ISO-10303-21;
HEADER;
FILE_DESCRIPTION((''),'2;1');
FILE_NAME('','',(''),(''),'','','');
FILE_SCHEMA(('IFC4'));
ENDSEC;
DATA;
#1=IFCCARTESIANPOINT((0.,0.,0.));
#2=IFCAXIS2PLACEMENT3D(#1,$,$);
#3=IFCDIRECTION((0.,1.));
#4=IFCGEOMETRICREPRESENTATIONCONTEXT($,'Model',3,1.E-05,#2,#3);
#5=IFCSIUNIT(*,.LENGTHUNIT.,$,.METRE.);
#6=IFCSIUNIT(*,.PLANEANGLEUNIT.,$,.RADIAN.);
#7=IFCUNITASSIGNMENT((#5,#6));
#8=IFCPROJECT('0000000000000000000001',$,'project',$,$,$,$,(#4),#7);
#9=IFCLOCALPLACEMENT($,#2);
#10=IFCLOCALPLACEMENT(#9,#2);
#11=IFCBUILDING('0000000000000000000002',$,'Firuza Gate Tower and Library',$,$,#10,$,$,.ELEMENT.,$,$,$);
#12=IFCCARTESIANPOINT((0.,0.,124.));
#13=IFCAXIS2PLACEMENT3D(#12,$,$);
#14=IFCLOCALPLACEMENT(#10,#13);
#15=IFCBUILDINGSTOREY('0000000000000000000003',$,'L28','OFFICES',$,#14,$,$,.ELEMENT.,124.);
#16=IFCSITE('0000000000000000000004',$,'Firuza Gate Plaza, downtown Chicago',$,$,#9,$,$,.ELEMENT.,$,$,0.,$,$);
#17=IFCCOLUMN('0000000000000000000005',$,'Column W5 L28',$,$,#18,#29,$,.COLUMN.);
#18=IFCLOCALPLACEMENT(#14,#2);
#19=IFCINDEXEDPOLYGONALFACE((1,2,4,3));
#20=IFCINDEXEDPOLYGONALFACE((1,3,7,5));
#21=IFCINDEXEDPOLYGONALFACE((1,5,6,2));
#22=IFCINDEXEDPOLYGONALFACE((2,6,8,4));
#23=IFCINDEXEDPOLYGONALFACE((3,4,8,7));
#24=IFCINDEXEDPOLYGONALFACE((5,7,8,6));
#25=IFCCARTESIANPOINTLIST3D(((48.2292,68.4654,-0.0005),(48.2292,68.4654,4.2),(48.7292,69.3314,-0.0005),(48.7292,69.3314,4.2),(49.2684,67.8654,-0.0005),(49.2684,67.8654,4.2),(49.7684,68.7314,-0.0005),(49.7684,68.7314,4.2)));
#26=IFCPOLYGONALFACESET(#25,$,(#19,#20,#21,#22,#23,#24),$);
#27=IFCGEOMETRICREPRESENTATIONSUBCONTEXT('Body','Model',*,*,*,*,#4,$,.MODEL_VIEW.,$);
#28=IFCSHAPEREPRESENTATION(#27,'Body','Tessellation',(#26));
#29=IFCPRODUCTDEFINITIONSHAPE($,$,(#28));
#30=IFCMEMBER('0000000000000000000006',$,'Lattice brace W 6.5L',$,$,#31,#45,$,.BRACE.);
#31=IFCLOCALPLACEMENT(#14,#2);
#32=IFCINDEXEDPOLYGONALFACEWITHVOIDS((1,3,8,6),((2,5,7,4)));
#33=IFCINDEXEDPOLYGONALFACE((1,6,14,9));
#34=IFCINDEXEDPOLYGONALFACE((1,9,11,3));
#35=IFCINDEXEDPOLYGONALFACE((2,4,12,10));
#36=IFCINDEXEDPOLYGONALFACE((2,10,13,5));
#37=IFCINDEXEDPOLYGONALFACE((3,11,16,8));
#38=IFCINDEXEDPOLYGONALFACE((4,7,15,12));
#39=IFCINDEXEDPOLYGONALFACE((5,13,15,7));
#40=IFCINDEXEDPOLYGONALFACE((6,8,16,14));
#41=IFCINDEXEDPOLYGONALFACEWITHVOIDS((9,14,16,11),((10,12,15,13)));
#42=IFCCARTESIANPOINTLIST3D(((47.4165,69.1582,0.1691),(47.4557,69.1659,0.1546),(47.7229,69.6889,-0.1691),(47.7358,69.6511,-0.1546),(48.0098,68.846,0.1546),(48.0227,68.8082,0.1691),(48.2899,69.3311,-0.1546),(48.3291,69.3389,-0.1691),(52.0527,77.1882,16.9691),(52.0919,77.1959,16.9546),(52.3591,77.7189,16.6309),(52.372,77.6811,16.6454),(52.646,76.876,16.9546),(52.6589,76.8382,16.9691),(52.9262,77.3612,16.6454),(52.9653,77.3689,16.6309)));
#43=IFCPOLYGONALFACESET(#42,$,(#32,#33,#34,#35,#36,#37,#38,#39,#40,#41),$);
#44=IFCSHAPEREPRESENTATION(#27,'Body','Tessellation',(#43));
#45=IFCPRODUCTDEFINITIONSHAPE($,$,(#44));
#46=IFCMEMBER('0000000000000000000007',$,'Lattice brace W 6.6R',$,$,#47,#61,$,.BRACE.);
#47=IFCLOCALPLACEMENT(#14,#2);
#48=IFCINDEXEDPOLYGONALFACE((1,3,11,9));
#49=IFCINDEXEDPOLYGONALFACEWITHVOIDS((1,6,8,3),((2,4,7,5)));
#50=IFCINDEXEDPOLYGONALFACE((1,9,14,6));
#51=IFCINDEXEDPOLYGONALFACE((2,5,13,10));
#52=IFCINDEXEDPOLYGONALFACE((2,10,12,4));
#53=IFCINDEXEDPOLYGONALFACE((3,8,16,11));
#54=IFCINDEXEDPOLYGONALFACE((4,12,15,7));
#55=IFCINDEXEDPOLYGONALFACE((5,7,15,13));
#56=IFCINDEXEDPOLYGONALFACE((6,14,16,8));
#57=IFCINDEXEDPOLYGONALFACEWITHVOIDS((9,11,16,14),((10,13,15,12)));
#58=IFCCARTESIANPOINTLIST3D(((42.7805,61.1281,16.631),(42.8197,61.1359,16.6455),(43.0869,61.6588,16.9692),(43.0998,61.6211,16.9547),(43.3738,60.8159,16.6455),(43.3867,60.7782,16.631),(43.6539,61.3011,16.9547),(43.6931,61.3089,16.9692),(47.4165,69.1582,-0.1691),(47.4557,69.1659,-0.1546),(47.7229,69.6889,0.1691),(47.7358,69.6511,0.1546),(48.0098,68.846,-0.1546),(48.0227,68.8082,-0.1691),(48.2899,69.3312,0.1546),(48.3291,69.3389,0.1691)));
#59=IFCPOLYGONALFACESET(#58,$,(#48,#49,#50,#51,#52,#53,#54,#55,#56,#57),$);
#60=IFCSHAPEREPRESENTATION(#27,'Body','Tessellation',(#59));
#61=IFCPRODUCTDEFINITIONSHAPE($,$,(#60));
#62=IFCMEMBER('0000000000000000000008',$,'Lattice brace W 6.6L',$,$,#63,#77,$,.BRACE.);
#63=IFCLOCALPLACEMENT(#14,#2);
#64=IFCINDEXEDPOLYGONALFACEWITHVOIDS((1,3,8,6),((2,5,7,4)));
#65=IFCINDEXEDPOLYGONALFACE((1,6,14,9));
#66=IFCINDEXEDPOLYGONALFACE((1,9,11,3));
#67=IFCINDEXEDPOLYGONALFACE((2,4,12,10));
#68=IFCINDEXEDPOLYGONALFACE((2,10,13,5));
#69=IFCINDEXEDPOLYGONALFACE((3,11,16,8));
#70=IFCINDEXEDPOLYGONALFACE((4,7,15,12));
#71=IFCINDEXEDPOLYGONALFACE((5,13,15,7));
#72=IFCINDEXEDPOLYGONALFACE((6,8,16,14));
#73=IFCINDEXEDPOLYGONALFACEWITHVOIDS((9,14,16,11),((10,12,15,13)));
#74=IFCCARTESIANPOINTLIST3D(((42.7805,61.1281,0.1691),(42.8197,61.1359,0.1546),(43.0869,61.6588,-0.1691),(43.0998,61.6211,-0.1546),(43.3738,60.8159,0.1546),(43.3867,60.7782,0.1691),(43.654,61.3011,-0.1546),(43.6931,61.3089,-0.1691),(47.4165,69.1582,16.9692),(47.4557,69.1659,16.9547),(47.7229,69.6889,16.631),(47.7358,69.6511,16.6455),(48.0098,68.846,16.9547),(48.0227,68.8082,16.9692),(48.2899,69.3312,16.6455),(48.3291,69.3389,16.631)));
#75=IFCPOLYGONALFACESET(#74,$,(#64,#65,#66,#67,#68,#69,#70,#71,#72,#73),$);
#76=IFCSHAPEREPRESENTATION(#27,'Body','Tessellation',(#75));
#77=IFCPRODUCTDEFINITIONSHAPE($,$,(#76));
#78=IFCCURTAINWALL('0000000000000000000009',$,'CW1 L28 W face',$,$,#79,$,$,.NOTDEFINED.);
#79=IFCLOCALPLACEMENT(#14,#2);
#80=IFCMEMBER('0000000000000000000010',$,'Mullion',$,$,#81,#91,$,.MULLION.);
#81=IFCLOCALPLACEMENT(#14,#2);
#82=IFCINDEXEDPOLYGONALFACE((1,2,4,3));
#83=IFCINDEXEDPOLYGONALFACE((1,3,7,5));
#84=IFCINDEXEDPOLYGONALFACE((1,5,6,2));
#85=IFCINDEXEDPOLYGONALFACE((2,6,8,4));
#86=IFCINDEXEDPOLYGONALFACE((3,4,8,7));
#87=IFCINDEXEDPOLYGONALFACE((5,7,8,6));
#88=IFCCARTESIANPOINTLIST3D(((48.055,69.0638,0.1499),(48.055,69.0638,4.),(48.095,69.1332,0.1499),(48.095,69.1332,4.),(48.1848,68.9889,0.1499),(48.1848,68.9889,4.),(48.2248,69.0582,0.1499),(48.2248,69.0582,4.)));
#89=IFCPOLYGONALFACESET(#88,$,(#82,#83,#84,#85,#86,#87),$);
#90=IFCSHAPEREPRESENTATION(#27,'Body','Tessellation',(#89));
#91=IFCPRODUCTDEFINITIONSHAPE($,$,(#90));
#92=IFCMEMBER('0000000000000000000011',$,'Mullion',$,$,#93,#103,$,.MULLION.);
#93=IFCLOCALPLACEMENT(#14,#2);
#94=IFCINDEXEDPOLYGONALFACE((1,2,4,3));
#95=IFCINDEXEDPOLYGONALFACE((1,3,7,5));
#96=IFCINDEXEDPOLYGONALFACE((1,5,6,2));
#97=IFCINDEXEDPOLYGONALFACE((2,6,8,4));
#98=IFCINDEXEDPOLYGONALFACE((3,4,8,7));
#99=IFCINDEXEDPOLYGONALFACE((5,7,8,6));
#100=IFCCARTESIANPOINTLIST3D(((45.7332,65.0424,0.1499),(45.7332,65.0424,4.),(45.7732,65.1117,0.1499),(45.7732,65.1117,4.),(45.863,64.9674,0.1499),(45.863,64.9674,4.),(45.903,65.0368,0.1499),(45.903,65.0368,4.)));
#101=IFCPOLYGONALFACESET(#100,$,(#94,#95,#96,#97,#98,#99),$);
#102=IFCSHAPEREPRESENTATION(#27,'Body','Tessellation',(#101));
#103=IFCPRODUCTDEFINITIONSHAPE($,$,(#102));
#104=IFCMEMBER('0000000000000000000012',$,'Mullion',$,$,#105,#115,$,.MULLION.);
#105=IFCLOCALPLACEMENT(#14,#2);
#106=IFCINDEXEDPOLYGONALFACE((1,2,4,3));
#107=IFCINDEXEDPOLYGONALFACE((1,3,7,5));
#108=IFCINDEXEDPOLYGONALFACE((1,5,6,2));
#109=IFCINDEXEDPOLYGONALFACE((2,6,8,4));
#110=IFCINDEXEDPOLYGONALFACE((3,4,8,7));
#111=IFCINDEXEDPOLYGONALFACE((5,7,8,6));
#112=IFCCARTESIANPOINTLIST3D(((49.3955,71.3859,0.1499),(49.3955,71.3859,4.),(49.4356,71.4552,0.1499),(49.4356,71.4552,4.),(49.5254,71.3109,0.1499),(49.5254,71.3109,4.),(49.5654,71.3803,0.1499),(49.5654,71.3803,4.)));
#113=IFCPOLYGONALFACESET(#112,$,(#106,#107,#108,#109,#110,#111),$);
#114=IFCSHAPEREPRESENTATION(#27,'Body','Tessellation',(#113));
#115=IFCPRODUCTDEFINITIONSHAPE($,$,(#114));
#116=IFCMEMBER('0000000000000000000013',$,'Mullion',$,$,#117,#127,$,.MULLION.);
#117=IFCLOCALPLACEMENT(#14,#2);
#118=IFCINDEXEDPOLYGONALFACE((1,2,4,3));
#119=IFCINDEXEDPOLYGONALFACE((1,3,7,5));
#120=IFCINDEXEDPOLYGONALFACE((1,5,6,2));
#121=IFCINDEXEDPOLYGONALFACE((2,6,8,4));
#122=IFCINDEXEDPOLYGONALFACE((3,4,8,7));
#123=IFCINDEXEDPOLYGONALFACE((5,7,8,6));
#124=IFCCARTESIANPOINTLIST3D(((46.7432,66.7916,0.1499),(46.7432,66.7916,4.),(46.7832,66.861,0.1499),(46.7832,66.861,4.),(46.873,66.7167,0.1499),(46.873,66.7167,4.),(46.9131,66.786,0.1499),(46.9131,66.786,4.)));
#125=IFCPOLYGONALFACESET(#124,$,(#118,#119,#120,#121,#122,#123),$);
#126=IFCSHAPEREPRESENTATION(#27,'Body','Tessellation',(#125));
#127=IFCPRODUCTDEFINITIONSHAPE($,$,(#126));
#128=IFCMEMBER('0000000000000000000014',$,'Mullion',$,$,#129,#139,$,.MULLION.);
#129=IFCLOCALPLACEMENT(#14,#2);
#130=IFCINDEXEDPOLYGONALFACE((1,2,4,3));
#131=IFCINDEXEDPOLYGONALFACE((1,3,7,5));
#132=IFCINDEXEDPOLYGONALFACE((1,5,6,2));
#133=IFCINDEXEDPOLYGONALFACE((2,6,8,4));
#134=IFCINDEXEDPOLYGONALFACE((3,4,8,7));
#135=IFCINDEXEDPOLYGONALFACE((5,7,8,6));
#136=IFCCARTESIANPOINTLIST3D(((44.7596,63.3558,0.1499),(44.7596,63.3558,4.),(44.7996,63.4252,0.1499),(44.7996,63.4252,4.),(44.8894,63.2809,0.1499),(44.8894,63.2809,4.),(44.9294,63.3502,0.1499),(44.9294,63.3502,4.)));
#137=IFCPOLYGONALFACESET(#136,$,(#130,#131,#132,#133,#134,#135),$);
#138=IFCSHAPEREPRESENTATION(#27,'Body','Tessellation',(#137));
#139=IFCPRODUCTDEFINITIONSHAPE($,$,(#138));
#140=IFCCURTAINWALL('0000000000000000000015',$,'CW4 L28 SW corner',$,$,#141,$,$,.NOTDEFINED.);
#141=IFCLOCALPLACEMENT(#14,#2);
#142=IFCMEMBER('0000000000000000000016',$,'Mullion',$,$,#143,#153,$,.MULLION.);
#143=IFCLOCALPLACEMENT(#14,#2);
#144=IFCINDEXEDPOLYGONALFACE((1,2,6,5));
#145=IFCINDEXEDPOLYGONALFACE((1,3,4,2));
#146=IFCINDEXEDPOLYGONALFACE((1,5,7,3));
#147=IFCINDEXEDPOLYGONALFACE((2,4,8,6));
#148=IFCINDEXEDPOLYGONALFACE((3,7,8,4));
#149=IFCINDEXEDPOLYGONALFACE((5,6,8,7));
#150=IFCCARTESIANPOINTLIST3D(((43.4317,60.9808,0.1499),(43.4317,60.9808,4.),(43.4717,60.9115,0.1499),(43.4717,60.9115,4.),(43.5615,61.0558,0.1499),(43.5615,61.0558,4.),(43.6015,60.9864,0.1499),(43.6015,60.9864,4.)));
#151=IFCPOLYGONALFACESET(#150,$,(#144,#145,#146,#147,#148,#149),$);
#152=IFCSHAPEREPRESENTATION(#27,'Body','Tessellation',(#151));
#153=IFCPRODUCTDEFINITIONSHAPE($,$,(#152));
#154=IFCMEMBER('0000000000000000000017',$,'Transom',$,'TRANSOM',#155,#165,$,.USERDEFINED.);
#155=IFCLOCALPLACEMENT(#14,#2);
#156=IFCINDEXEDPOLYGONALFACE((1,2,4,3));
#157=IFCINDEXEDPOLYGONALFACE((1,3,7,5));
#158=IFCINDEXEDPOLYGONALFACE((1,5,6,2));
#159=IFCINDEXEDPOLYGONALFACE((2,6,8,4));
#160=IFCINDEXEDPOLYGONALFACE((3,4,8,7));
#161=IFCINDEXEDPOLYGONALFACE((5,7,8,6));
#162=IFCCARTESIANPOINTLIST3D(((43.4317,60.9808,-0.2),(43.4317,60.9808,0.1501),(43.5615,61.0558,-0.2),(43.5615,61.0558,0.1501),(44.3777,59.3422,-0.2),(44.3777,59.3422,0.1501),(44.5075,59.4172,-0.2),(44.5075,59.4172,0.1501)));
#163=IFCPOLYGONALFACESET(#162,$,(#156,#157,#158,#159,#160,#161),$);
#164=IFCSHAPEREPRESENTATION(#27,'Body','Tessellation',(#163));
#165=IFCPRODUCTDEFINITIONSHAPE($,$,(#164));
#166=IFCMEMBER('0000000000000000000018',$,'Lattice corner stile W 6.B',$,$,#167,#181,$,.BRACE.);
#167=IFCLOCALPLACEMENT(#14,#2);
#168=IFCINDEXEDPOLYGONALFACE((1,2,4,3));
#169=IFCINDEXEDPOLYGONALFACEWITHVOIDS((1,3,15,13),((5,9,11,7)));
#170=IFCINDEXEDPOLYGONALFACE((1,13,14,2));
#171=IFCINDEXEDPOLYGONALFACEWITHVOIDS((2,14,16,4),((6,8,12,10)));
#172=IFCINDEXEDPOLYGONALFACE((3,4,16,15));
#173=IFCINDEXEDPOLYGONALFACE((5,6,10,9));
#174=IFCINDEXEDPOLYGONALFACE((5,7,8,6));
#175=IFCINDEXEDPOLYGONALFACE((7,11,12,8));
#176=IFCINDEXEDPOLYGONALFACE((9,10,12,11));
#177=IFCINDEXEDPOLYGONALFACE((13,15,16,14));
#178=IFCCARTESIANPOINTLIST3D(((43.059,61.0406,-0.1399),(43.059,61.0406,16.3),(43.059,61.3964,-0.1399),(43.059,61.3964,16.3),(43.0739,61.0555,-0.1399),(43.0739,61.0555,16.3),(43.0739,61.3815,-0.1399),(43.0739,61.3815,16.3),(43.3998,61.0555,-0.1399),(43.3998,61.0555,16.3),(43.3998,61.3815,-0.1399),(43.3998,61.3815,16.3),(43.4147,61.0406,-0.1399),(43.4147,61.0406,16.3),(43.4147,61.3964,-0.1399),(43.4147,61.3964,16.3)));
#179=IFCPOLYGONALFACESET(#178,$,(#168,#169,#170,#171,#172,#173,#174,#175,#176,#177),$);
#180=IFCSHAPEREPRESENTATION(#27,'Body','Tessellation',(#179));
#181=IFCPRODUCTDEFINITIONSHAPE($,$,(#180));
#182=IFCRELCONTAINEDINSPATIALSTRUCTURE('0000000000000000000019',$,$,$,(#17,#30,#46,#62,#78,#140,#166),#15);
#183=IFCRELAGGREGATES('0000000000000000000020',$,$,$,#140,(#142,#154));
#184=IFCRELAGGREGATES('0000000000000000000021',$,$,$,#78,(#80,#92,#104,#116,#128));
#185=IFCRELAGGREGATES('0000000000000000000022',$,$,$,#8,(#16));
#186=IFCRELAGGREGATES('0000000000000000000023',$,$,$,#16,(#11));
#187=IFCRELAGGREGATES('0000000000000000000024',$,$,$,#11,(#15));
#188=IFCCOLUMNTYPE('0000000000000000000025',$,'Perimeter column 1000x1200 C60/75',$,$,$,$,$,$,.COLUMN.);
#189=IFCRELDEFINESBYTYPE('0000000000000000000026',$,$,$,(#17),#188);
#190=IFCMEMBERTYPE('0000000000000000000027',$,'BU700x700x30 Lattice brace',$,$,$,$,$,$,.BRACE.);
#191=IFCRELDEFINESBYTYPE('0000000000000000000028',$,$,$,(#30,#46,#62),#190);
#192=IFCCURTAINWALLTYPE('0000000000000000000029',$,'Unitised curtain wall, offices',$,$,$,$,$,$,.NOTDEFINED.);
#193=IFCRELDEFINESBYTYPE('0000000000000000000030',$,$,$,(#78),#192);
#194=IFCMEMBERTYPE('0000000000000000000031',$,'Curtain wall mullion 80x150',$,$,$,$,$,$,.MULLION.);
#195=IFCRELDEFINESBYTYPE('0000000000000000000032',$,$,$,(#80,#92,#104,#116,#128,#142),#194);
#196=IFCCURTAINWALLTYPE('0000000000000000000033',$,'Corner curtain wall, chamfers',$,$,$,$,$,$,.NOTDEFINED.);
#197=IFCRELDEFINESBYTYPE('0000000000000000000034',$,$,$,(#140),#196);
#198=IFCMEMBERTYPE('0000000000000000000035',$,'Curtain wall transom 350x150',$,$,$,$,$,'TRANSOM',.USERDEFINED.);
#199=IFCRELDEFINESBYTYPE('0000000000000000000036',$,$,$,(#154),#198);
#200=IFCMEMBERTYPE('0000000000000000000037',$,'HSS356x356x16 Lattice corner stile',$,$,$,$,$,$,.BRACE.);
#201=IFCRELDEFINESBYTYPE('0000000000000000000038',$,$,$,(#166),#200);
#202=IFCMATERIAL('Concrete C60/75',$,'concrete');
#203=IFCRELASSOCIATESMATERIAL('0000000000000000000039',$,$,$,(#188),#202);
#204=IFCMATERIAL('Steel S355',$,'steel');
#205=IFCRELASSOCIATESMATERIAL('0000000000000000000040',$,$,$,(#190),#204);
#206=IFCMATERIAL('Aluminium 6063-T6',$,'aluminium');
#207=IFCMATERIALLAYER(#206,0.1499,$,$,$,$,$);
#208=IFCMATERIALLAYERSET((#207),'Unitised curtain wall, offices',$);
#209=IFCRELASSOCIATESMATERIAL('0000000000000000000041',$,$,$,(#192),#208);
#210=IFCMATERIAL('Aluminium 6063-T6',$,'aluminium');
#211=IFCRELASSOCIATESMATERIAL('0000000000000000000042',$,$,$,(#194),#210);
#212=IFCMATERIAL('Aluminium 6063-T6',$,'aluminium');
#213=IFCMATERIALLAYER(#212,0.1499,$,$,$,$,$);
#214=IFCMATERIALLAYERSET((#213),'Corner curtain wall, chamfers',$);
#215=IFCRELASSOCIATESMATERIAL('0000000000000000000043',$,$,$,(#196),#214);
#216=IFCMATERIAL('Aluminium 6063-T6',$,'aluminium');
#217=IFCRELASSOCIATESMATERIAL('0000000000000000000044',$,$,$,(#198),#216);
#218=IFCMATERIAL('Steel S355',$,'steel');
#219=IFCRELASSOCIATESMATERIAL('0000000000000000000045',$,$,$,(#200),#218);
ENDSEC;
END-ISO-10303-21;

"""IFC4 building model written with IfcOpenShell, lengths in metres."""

from ifc_helpers import new_model, si_unit, direction, frame, origin, origin_2d, place, context, subcontext, project, spatial, rectangle, hollow_rectangle, extrude, material, layer, layer_set, material_profile, profile_set, type_object, element, aggregate, save


model = new_model("IFC4")

# Units and contexts
model_context = context("Model", 3, precision=1e-05, world=origin(), true_north=direction((0.0, 1.0)))
body_context = subcontext(model_context, "Body", "Model", "MODEL_VIEW")
ifc_project = project(units=[si_unit("LENGTHUNIT", "METRE"), si_unit("PLANEANGLEUNIT", "RADIAN")], contexts=[model_context])

# Site, building, storey
site_placement = place(None, origin())
site = spatial("IfcSite", under=ifc_project, at=site_placement, Name="Firuza Gate Plaza, downtown Chicago", CompositionType="ELEMENT", RefElevation=0.0)
building_placement = place(site_placement, origin())
building = spatial("IfcBuilding", under=site, at=building_placement, Name="Firuza Gate Tower and Library", CompositionType="ELEMENT")
storey_placement = place(building_placement, frame((0.0, 0.0, 124.0)))
storey = spatial("IfcBuildingStorey", under=building, at=storey_placement, Name="L28", Description="OFFICES", CompositionType="ELEMENT", Elevation=124.0)

# Column
ifc_material_1 = material(Name="Concrete C60/75", Category="concrete")
ifc_material_profile_1 = material_profile(ifc_material_1, rectangle(XDim=1.0, YDim=1.2, at=origin_2d()))
ifc_profile_set_1 = profile_set([ifc_material_profile_1], Name="Concrete C60/75")
column_type = type_object("IfcColumnType", Name="Perimeter column 1000x1200 C60/75", PredefinedType="COLUMN", material=ifc_profile_set_1)
column_placement = place(storey_placement, frame((48.9988, 68.5984, -0.0005), z_axis=(0.0, 0.0, 1.0), x_axis=(-0.5, -0.866025, 0.0)))
element("IfcColumn", 1, at=column_placement, inside=storey, type_object=column_type, Name="Column W5 L28", PredefinedType="COLUMN", context=body_context, shape_type="SweptSolid", body=[
    extrude(rectangle(XDim=1.0, YDim=1.2, at=origin_2d()), origin(), (0.0, 0.0, 1.0), 4.2004),
])

# Members
ifc_material_2 = material(Name="Steel S355", Category="steel")
ifc_material_profile_2 = material_profile(ifc_material_2, hollow_rectangle(XDim=0.7, YDim=0.7, WallThickness=0.03, at=origin_2d()))
ifc_profile_set_2 = profile_set([ifc_material_profile_2], Name="Steel S355")
member_type_1 = type_object("IfcMemberType", Name="BU700x700x30 Lattice brace", PredefinedType="BRACE", material=ifc_profile_set_2)
for number, where, z_axis, x_axis, name in (
    (2, (47.8728, 69.2485, 0.0), (0.241609, 0.41847, 0.875504), (-0.866021, 0.500007, 0.0), "Lattice brace W 6.5L"),
    (3, (47.8728, 69.2485, 0.0), (-0.241597, -0.418472, 0.875507), (0.866033, -0.499988, 0.0), "Lattice brace W 6.6R"),
    (4, (43.2368, 61.2185, 0.0), (0.241597, 0.418472, 0.875507), (-0.866033, 0.499988, 0.0), "Lattice brace W 6.6L"),
):
    element("IfcMember", number, at=place(storey_placement, frame(where, z_axis=z_axis, x_axis=x_axis)), inside=storey, type_object=member_type_1, Name=name, PredefinedType="BRACE", context=body_context, shape_type="SweptSolid", body=[
        extrude(hollow_rectangle(XDim=0.7, YDim=0.7, WallThickness=0.03, at=origin_2d()), origin(), (0.0, 0.0, 1.0), 19.189),
    ])

# Curtain walls, members
ifc_material_3 = material(Name="Aluminium 6063-T6", Category="aluminium")
ifc_layer_1 = layer(ifc_material_3, 0.1499)
ifc_layer_set_1 = layer_set([ifc_layer_1], Name="Unitised curtain wall, offices")
curtain_wall_type_1 = type_object("IfcCurtainWallType", Name="Unitised curtain wall, offices", PredefinedType="NOTDEFINED", material=ifc_layer_set_1)
placement = place(storey_placement, origin())
curtain_wall_1 = element("IfcCurtainWall", 5, at=placement, inside=storey, type_object=curtain_wall_type_1, Name="CW1 L28 W face", PredefinedType="NOTDEFINED")
ifc_material_4 = material(Name="Aluminium 6063-T6", Category="aluminium")
ifc_material_profile_3 = material_profile(ifc_material_4, rectangle(XDim=0.1499, YDim=0.0801, at=origin_2d()))
ifc_profile_set_3 = profile_set([ifc_material_profile_3], Name="Aluminium 6063-T6")
member_type_2 = type_object("IfcMemberType", Name="Curtain wall mullion 80x150", PredefinedType="MULLION", material=ifc_profile_set_3)
member_1_placement = place(storey_placement, frame((48.1399, 69.061, 0.1499), z_axis=(0.0, 0.0, 1.0), x_axis=(0.866025, -0.5, 0.0)))
member_1 = element("IfcMember", 6, at=member_1_placement, type_object=member_type_2, Name="Mullion", PredefinedType="MULLION", context=body_context, shape_type="SweptSolid", body=[
    extrude(rectangle(XDim=0.1499, YDim=0.0801, at=origin_2d()), origin(), (0.0, 0.0, 1.0), 3.8501),
])
member_2_placement = place(storey_placement, frame((45.8181, 65.0396, 0.1499), z_axis=(0.0, 0.0, 1.0), x_axis=(0.866025, -0.5, 0.0)))
member_2 = element("IfcMember", 7, at=member_2_placement, type_object=member_type_2, Name="Mullion", PredefinedType="MULLION", context=body_context, shape_type="SweptSolid", body=[
    extrude(rectangle(XDim=0.1499, YDim=0.0801, at=origin_2d()), origin(), (0.0, 0.0, 1.0), 3.8501),
])
member_3_placement = place(storey_placement, frame((49.4805, 71.3831, 0.1499), z_axis=(0.0, 0.0, 1.0), x_axis=(0.866025, -0.5, 0.0)))
member_3 = element("IfcMember", 8, at=member_3_placement, type_object=member_type_2, Name="Mullion", PredefinedType="MULLION", context=body_context, shape_type="SweptSolid", body=[
    extrude(rectangle(XDim=0.1499, YDim=0.0801, at=origin_2d()), origin(), (0.0, 0.0, 1.0), 3.8501),
])
member_4_placement = place(storey_placement, frame((46.8281, 66.7888, 0.1499), z_axis=(0.0, 0.0, 1.0), x_axis=(0.866025, -0.5, 0.0)))
member_4 = element("IfcMember", 9, at=member_4_placement, type_object=member_type_2, Name="Mullion", PredefinedType="MULLION", context=body_context, shape_type="SweptSolid", body=[
    extrude(rectangle(XDim=0.1499, YDim=0.0801, at=origin_2d()), origin(), (0.0, 0.0, 1.0), 3.8501),
])
member_5_placement = place(storey_placement, frame((44.8445, 63.353, 0.1499), z_axis=(0.0, 0.0, 1.0), x_axis=(0.866025, -0.5, 0.0)))
member_5 = element("IfcMember", 10, at=member_5_placement, type_object=member_type_2, Name="Mullion", PredefinedType="MULLION", context=body_context, shape_type="SweptSolid", body=[
    extrude(rectangle(XDim=0.1499, YDim=0.0801, at=origin_2d()), origin(), (0.0, 0.0, 1.0), 3.8501),
])
ifc_material_5 = material(Name="Aluminium 6063-T6", Category="aluminium")
ifc_layer_2 = layer(ifc_material_5, 0.1499)
ifc_layer_set_2 = layer_set([ifc_layer_2], Name="Corner curtain wall, chamfers")
curtain_wall_type_2 = type_object("IfcCurtainWallType", Name="Corner curtain wall, chamfers", PredefinedType="NOTDEFINED", material=ifc_layer_set_2)
curtain_wall_2 = element("IfcCurtainWall", 11, at=placement, inside=storey, type_object=curtain_wall_type_2, Name="CW4 L28 SW corner", PredefinedType="NOTDEFINED")
member_6_placement = place(storey_placement, frame((43.5166, 60.9836, 0.1499), z_axis=(0.0, 0.0, 1.0), x_axis=(0.866025, 0.5, 0.0)))
member_6 = element("IfcMember", 12, at=member_6_placement, type_object=member_type_2, Name="Mullion", PredefinedType="MULLION", context=body_context, shape_type="SweptSolid", body=[
    extrude(rectangle(XDim=0.1499, YDim=0.0801, at=origin_2d()), origin(), (0.0, 0.0, 1.0), 3.8501),
])
ifc_material_6 = material(Name="Aluminium 6063-T6", Category="aluminium")
ifc_material_profile_4 = material_profile(ifc_material_6, rectangle(XDim=0.1499, YDim=0.3501, at=origin_2d()))
ifc_profile_set_4 = profile_set([ifc_material_profile_4], Name="Aluminium 6063-T6")
member_type_3 = type_object("IfcMemberType", Name="Curtain wall transom 350x150", ElementType="TRANSOM", PredefinedType="USERDEFINED", material=ifc_profile_set_4)
member_7_placement = place(storey_placement, frame((43.4966, 61.0183, -0.0249), z_axis=(0.499983, -0.866035, 0.0), x_axis=(0.866035, 0.499983, 0.0)))
member_7 = element("IfcMember", 13, at=member_7_placement, type_object=member_type_3, Name="Transom", ObjectType="TRANSOM", PredefinedType="USERDEFINED", context=body_context, shape_type="SweptSolid", body=[
    extrude(rectangle(XDim=0.1499, YDim=0.3501, at=origin_2d()), origin(), (0.0, 0.0, 1.0), 1.8921),
])

# Member
ifc_material_7 = material(Name="Steel S355", Category="steel")
ifc_material_profile_5 = material_profile(ifc_material_7, hollow_rectangle(XDim=0.3557, YDim=0.3557, WallThickness=0.0149, at=origin_2d()))
ifc_profile_set_5 = profile_set([ifc_material_profile_5], Name="Steel S355")
member_type_4 = type_object("IfcMemberType", Name="HSS356x356x16 Lattice corner stile", PredefinedType="BRACE", material=ifc_profile_set_5)
member_8_placement = place(storey_placement, frame((43.2368, 61.2185, -0.1399), z_axis=(0.0, 0.0, 1.0), x_axis=(1.0, 0.0, 0.0)))
element("IfcMember", 14, at=member_8_placement, inside=storey, type_object=member_type_4, Name="Lattice corner stile W 6.B", PredefinedType="BRACE", context=body_context, shape_type="SweptSolid", body=[
    extrude(hollow_rectangle(XDim=0.3557, YDim=0.3557, WallThickness=0.0149, at=origin_2d()), origin(), (0.0, 0.0, 1.0), 16.4399),
])

aggregate(curtain_wall_2, [member_6, member_7])
aggregate(curtain_wall_1, [member_1, member_2, member_3, member_4, member_5])

save(model, "model.ifc")
